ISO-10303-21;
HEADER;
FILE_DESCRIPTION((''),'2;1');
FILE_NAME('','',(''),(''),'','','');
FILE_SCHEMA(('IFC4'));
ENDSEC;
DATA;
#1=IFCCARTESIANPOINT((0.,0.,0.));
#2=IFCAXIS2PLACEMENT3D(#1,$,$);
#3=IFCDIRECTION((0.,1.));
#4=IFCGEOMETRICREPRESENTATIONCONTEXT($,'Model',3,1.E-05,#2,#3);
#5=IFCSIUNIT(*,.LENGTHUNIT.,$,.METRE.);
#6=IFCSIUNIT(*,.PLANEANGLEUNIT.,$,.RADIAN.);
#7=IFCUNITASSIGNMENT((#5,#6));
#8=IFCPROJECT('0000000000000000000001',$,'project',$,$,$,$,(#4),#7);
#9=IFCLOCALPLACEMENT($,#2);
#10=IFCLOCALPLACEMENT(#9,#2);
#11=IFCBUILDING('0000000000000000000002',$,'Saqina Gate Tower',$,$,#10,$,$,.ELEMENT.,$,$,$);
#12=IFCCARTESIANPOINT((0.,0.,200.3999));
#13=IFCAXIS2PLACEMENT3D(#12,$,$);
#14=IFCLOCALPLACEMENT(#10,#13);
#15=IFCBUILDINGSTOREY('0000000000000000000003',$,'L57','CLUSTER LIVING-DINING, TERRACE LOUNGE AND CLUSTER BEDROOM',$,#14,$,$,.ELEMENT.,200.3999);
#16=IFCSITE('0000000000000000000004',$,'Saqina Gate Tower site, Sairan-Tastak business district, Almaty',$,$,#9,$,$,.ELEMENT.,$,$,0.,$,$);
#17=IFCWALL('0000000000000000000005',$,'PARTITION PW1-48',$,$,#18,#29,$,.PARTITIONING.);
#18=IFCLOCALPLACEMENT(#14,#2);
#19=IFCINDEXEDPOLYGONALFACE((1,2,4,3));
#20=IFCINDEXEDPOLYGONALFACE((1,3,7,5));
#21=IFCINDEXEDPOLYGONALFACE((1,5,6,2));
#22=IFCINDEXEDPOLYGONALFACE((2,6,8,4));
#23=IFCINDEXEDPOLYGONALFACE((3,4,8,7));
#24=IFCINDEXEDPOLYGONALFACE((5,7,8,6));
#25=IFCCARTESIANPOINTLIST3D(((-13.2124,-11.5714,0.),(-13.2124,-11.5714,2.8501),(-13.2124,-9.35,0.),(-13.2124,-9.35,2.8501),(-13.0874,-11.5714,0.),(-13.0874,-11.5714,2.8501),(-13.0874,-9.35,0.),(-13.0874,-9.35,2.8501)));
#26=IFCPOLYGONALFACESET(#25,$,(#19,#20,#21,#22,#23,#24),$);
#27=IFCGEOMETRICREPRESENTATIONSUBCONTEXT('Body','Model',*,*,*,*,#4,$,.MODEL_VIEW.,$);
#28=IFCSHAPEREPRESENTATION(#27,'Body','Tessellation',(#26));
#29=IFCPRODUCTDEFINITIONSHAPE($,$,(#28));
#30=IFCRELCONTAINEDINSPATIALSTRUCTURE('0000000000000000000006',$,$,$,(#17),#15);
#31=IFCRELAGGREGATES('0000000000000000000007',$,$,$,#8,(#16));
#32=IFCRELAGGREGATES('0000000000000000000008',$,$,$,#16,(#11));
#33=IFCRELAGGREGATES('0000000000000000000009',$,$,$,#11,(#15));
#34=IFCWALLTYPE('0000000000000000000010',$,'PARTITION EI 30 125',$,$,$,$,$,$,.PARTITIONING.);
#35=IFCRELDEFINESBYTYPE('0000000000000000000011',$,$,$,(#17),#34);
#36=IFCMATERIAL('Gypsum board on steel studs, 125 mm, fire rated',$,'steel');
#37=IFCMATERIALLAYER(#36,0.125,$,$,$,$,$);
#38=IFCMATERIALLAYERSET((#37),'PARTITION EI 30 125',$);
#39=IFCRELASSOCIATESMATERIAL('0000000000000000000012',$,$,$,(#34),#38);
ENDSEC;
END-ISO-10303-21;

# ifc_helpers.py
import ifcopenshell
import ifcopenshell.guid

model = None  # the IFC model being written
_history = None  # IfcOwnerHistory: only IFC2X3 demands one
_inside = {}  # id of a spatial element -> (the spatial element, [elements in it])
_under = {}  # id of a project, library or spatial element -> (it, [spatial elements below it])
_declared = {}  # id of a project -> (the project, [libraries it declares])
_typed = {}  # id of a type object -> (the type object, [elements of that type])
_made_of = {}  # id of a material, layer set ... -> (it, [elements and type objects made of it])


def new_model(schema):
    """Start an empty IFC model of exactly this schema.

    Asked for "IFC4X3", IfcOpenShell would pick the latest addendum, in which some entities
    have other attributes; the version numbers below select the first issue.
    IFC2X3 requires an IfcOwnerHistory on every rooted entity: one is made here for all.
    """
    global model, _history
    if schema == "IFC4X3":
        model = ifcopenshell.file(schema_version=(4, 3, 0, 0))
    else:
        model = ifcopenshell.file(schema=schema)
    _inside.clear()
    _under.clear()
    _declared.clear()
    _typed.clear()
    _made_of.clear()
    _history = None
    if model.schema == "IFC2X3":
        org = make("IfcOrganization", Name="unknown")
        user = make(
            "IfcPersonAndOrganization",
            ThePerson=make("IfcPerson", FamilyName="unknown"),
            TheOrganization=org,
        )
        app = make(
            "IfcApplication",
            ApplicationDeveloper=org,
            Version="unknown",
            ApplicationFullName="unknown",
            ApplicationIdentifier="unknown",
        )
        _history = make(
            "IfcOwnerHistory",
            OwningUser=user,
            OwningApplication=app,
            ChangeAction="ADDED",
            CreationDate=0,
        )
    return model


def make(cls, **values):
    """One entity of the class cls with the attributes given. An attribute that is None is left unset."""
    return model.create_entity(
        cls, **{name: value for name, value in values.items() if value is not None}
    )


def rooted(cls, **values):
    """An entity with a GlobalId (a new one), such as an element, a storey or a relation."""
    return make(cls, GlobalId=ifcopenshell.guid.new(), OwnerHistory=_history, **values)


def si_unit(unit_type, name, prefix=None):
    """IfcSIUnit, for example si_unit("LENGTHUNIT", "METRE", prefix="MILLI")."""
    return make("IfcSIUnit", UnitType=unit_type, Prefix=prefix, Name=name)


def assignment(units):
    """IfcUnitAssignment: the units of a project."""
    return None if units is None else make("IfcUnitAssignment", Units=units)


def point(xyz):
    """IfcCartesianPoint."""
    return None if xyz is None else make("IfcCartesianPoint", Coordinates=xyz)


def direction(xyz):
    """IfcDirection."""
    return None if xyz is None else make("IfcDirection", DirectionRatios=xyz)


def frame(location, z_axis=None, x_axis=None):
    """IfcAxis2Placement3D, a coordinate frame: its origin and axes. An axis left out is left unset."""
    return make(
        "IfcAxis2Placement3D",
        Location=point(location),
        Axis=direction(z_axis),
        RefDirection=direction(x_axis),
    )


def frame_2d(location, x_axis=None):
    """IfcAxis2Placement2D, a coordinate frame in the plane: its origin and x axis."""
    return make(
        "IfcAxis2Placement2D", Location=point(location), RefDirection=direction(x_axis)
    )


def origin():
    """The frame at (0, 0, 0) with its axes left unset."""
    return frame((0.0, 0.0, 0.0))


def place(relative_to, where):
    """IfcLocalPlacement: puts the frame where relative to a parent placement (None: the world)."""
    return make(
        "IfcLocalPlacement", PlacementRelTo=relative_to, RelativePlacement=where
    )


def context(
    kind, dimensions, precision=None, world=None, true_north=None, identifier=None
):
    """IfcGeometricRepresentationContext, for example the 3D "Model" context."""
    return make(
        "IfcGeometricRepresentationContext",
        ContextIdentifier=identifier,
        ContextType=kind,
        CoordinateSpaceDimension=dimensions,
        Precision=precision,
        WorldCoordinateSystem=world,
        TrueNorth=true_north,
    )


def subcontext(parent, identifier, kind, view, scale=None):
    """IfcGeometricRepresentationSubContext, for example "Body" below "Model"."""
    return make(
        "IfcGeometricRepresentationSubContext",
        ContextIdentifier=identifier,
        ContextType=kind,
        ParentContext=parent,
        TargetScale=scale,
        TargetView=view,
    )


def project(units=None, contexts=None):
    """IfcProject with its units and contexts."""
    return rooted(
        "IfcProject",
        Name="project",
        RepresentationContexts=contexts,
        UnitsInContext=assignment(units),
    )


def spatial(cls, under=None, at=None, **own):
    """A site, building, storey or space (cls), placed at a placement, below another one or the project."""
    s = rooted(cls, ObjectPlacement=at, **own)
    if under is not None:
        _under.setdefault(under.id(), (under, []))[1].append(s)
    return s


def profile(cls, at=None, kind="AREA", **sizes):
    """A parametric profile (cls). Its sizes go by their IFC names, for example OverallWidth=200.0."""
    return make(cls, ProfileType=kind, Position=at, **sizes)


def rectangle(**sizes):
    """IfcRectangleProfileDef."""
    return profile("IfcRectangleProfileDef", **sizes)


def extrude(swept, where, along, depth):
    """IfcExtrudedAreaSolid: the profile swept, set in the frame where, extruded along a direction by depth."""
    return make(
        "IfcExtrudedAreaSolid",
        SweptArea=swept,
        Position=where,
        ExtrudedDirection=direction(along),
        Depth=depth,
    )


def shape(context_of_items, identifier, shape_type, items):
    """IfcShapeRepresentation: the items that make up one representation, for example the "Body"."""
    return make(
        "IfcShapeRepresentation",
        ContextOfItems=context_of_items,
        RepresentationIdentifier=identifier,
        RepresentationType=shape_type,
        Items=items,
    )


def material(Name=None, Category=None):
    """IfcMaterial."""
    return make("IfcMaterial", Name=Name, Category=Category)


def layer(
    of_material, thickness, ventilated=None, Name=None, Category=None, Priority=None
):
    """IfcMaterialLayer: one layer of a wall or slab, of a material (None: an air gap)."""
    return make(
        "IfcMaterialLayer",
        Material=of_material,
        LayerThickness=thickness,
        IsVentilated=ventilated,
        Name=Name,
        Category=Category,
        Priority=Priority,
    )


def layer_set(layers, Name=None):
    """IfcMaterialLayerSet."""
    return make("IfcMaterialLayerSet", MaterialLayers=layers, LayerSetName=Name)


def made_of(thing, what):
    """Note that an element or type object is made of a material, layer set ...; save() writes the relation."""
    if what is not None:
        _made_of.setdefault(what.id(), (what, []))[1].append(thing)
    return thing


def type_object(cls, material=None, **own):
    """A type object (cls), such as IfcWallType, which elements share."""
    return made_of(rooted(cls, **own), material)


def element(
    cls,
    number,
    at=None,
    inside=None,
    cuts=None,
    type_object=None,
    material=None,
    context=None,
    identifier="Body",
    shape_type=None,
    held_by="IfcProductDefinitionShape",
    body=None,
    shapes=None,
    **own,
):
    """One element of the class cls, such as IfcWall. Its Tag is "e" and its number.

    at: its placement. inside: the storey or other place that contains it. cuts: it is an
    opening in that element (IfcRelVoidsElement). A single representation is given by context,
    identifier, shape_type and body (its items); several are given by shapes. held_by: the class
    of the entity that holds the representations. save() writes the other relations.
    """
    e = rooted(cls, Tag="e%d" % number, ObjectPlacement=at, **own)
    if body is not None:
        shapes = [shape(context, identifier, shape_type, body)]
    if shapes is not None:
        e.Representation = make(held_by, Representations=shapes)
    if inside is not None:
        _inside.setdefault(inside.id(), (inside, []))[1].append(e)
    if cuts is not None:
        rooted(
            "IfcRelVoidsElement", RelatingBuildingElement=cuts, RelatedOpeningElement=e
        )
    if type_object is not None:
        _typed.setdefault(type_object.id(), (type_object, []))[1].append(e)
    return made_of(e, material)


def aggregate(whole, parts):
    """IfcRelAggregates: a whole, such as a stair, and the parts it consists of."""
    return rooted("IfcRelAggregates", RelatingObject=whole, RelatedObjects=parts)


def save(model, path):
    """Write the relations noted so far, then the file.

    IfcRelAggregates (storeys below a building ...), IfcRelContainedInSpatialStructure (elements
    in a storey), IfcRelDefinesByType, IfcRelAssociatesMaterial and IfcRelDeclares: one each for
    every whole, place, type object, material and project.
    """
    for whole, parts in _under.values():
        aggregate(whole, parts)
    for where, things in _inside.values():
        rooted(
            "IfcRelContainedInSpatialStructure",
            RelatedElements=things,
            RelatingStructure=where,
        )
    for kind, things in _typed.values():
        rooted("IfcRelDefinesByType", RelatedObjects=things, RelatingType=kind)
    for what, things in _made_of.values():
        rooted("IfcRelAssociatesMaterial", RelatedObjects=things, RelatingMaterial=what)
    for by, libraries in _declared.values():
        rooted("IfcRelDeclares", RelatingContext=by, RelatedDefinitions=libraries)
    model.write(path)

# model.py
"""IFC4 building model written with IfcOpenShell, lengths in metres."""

from ifc_helpers import new_model, si_unit, direction, frame, frame_2d, origin, place, context, subcontext, project, spatial, rectangle, extrude, material, layer, layer_set, type_object, element, save


model = new_model("IFC4")

# Units and contexts
model_context = context("Model", 3, precision=1e-05, world=origin(), true_north=direction((0.0, 1.0)))
body_context = subcontext(model_context, "Body", "Model", "MODEL_VIEW")
ifc_project = project(units=[si_unit("LENGTHUNIT", "METRE"), si_unit("PLANEANGLEUNIT", "RADIAN")], contexts=[model_context])

# Site, building, storey
site_placement = place(None, origin())
site = spatial("IfcSite", under=ifc_project, at=site_placement, Name="Saqina Gate Tower site, Sairan-Tastak business district, Almaty", CompositionType="ELEMENT", RefElevation=0.0)
building_placement = place(site_placement, origin())
building = spatial("IfcBuilding", under=site, at=building_placement, Name="Saqina Gate Tower", CompositionType="ELEMENT")
storey_placement = place(building_placement, frame((0.0, 0.0, 200.3999)))
storey = spatial("IfcBuildingStorey", under=building, at=storey_placement, Name="L57", Description="CLUSTER LIVING-DINING, TERRACE LOUNGE AND CLUSTER BEDROOM", CompositionType="ELEMENT", Elevation=200.3999)

# Wall
ifc_material_1 = material(Name="Gypsum board on steel studs, 125 mm, fire rated", Category="steel")
ifc_layer_1 = layer(ifc_material_1, 0.125)
ifc_layer_set_1 = layer_set([ifc_layer_1], Name="PARTITION EI 30 125")
wall_type_1 = type_object("IfcWallType", Name="PARTITION EI 30 125", PredefinedType="PARTITIONING", material=ifc_layer_set_1)
wall_1_placement = place(storey_placement, frame((-13.1499, -11.5715, 0.0), z_axis=(0.0, 0.0, 1.0), x_axis=(0.0, 1.0, 0.0)))
element("IfcWall", 1, at=wall_1_placement, inside=storey, type_object=wall_type_1, Name="PARTITION PW1-48", PredefinedType="PARTITIONING", context=body_context, shape_type="SweptSolid", body=[
    extrude(rectangle(XDim=2.2214, YDim=0.125, at=frame_2d((1.1108, 0.0))), origin(), (0.0, 0.0, 1.0), 2.8501),
])

save(model, "model.ifc")
